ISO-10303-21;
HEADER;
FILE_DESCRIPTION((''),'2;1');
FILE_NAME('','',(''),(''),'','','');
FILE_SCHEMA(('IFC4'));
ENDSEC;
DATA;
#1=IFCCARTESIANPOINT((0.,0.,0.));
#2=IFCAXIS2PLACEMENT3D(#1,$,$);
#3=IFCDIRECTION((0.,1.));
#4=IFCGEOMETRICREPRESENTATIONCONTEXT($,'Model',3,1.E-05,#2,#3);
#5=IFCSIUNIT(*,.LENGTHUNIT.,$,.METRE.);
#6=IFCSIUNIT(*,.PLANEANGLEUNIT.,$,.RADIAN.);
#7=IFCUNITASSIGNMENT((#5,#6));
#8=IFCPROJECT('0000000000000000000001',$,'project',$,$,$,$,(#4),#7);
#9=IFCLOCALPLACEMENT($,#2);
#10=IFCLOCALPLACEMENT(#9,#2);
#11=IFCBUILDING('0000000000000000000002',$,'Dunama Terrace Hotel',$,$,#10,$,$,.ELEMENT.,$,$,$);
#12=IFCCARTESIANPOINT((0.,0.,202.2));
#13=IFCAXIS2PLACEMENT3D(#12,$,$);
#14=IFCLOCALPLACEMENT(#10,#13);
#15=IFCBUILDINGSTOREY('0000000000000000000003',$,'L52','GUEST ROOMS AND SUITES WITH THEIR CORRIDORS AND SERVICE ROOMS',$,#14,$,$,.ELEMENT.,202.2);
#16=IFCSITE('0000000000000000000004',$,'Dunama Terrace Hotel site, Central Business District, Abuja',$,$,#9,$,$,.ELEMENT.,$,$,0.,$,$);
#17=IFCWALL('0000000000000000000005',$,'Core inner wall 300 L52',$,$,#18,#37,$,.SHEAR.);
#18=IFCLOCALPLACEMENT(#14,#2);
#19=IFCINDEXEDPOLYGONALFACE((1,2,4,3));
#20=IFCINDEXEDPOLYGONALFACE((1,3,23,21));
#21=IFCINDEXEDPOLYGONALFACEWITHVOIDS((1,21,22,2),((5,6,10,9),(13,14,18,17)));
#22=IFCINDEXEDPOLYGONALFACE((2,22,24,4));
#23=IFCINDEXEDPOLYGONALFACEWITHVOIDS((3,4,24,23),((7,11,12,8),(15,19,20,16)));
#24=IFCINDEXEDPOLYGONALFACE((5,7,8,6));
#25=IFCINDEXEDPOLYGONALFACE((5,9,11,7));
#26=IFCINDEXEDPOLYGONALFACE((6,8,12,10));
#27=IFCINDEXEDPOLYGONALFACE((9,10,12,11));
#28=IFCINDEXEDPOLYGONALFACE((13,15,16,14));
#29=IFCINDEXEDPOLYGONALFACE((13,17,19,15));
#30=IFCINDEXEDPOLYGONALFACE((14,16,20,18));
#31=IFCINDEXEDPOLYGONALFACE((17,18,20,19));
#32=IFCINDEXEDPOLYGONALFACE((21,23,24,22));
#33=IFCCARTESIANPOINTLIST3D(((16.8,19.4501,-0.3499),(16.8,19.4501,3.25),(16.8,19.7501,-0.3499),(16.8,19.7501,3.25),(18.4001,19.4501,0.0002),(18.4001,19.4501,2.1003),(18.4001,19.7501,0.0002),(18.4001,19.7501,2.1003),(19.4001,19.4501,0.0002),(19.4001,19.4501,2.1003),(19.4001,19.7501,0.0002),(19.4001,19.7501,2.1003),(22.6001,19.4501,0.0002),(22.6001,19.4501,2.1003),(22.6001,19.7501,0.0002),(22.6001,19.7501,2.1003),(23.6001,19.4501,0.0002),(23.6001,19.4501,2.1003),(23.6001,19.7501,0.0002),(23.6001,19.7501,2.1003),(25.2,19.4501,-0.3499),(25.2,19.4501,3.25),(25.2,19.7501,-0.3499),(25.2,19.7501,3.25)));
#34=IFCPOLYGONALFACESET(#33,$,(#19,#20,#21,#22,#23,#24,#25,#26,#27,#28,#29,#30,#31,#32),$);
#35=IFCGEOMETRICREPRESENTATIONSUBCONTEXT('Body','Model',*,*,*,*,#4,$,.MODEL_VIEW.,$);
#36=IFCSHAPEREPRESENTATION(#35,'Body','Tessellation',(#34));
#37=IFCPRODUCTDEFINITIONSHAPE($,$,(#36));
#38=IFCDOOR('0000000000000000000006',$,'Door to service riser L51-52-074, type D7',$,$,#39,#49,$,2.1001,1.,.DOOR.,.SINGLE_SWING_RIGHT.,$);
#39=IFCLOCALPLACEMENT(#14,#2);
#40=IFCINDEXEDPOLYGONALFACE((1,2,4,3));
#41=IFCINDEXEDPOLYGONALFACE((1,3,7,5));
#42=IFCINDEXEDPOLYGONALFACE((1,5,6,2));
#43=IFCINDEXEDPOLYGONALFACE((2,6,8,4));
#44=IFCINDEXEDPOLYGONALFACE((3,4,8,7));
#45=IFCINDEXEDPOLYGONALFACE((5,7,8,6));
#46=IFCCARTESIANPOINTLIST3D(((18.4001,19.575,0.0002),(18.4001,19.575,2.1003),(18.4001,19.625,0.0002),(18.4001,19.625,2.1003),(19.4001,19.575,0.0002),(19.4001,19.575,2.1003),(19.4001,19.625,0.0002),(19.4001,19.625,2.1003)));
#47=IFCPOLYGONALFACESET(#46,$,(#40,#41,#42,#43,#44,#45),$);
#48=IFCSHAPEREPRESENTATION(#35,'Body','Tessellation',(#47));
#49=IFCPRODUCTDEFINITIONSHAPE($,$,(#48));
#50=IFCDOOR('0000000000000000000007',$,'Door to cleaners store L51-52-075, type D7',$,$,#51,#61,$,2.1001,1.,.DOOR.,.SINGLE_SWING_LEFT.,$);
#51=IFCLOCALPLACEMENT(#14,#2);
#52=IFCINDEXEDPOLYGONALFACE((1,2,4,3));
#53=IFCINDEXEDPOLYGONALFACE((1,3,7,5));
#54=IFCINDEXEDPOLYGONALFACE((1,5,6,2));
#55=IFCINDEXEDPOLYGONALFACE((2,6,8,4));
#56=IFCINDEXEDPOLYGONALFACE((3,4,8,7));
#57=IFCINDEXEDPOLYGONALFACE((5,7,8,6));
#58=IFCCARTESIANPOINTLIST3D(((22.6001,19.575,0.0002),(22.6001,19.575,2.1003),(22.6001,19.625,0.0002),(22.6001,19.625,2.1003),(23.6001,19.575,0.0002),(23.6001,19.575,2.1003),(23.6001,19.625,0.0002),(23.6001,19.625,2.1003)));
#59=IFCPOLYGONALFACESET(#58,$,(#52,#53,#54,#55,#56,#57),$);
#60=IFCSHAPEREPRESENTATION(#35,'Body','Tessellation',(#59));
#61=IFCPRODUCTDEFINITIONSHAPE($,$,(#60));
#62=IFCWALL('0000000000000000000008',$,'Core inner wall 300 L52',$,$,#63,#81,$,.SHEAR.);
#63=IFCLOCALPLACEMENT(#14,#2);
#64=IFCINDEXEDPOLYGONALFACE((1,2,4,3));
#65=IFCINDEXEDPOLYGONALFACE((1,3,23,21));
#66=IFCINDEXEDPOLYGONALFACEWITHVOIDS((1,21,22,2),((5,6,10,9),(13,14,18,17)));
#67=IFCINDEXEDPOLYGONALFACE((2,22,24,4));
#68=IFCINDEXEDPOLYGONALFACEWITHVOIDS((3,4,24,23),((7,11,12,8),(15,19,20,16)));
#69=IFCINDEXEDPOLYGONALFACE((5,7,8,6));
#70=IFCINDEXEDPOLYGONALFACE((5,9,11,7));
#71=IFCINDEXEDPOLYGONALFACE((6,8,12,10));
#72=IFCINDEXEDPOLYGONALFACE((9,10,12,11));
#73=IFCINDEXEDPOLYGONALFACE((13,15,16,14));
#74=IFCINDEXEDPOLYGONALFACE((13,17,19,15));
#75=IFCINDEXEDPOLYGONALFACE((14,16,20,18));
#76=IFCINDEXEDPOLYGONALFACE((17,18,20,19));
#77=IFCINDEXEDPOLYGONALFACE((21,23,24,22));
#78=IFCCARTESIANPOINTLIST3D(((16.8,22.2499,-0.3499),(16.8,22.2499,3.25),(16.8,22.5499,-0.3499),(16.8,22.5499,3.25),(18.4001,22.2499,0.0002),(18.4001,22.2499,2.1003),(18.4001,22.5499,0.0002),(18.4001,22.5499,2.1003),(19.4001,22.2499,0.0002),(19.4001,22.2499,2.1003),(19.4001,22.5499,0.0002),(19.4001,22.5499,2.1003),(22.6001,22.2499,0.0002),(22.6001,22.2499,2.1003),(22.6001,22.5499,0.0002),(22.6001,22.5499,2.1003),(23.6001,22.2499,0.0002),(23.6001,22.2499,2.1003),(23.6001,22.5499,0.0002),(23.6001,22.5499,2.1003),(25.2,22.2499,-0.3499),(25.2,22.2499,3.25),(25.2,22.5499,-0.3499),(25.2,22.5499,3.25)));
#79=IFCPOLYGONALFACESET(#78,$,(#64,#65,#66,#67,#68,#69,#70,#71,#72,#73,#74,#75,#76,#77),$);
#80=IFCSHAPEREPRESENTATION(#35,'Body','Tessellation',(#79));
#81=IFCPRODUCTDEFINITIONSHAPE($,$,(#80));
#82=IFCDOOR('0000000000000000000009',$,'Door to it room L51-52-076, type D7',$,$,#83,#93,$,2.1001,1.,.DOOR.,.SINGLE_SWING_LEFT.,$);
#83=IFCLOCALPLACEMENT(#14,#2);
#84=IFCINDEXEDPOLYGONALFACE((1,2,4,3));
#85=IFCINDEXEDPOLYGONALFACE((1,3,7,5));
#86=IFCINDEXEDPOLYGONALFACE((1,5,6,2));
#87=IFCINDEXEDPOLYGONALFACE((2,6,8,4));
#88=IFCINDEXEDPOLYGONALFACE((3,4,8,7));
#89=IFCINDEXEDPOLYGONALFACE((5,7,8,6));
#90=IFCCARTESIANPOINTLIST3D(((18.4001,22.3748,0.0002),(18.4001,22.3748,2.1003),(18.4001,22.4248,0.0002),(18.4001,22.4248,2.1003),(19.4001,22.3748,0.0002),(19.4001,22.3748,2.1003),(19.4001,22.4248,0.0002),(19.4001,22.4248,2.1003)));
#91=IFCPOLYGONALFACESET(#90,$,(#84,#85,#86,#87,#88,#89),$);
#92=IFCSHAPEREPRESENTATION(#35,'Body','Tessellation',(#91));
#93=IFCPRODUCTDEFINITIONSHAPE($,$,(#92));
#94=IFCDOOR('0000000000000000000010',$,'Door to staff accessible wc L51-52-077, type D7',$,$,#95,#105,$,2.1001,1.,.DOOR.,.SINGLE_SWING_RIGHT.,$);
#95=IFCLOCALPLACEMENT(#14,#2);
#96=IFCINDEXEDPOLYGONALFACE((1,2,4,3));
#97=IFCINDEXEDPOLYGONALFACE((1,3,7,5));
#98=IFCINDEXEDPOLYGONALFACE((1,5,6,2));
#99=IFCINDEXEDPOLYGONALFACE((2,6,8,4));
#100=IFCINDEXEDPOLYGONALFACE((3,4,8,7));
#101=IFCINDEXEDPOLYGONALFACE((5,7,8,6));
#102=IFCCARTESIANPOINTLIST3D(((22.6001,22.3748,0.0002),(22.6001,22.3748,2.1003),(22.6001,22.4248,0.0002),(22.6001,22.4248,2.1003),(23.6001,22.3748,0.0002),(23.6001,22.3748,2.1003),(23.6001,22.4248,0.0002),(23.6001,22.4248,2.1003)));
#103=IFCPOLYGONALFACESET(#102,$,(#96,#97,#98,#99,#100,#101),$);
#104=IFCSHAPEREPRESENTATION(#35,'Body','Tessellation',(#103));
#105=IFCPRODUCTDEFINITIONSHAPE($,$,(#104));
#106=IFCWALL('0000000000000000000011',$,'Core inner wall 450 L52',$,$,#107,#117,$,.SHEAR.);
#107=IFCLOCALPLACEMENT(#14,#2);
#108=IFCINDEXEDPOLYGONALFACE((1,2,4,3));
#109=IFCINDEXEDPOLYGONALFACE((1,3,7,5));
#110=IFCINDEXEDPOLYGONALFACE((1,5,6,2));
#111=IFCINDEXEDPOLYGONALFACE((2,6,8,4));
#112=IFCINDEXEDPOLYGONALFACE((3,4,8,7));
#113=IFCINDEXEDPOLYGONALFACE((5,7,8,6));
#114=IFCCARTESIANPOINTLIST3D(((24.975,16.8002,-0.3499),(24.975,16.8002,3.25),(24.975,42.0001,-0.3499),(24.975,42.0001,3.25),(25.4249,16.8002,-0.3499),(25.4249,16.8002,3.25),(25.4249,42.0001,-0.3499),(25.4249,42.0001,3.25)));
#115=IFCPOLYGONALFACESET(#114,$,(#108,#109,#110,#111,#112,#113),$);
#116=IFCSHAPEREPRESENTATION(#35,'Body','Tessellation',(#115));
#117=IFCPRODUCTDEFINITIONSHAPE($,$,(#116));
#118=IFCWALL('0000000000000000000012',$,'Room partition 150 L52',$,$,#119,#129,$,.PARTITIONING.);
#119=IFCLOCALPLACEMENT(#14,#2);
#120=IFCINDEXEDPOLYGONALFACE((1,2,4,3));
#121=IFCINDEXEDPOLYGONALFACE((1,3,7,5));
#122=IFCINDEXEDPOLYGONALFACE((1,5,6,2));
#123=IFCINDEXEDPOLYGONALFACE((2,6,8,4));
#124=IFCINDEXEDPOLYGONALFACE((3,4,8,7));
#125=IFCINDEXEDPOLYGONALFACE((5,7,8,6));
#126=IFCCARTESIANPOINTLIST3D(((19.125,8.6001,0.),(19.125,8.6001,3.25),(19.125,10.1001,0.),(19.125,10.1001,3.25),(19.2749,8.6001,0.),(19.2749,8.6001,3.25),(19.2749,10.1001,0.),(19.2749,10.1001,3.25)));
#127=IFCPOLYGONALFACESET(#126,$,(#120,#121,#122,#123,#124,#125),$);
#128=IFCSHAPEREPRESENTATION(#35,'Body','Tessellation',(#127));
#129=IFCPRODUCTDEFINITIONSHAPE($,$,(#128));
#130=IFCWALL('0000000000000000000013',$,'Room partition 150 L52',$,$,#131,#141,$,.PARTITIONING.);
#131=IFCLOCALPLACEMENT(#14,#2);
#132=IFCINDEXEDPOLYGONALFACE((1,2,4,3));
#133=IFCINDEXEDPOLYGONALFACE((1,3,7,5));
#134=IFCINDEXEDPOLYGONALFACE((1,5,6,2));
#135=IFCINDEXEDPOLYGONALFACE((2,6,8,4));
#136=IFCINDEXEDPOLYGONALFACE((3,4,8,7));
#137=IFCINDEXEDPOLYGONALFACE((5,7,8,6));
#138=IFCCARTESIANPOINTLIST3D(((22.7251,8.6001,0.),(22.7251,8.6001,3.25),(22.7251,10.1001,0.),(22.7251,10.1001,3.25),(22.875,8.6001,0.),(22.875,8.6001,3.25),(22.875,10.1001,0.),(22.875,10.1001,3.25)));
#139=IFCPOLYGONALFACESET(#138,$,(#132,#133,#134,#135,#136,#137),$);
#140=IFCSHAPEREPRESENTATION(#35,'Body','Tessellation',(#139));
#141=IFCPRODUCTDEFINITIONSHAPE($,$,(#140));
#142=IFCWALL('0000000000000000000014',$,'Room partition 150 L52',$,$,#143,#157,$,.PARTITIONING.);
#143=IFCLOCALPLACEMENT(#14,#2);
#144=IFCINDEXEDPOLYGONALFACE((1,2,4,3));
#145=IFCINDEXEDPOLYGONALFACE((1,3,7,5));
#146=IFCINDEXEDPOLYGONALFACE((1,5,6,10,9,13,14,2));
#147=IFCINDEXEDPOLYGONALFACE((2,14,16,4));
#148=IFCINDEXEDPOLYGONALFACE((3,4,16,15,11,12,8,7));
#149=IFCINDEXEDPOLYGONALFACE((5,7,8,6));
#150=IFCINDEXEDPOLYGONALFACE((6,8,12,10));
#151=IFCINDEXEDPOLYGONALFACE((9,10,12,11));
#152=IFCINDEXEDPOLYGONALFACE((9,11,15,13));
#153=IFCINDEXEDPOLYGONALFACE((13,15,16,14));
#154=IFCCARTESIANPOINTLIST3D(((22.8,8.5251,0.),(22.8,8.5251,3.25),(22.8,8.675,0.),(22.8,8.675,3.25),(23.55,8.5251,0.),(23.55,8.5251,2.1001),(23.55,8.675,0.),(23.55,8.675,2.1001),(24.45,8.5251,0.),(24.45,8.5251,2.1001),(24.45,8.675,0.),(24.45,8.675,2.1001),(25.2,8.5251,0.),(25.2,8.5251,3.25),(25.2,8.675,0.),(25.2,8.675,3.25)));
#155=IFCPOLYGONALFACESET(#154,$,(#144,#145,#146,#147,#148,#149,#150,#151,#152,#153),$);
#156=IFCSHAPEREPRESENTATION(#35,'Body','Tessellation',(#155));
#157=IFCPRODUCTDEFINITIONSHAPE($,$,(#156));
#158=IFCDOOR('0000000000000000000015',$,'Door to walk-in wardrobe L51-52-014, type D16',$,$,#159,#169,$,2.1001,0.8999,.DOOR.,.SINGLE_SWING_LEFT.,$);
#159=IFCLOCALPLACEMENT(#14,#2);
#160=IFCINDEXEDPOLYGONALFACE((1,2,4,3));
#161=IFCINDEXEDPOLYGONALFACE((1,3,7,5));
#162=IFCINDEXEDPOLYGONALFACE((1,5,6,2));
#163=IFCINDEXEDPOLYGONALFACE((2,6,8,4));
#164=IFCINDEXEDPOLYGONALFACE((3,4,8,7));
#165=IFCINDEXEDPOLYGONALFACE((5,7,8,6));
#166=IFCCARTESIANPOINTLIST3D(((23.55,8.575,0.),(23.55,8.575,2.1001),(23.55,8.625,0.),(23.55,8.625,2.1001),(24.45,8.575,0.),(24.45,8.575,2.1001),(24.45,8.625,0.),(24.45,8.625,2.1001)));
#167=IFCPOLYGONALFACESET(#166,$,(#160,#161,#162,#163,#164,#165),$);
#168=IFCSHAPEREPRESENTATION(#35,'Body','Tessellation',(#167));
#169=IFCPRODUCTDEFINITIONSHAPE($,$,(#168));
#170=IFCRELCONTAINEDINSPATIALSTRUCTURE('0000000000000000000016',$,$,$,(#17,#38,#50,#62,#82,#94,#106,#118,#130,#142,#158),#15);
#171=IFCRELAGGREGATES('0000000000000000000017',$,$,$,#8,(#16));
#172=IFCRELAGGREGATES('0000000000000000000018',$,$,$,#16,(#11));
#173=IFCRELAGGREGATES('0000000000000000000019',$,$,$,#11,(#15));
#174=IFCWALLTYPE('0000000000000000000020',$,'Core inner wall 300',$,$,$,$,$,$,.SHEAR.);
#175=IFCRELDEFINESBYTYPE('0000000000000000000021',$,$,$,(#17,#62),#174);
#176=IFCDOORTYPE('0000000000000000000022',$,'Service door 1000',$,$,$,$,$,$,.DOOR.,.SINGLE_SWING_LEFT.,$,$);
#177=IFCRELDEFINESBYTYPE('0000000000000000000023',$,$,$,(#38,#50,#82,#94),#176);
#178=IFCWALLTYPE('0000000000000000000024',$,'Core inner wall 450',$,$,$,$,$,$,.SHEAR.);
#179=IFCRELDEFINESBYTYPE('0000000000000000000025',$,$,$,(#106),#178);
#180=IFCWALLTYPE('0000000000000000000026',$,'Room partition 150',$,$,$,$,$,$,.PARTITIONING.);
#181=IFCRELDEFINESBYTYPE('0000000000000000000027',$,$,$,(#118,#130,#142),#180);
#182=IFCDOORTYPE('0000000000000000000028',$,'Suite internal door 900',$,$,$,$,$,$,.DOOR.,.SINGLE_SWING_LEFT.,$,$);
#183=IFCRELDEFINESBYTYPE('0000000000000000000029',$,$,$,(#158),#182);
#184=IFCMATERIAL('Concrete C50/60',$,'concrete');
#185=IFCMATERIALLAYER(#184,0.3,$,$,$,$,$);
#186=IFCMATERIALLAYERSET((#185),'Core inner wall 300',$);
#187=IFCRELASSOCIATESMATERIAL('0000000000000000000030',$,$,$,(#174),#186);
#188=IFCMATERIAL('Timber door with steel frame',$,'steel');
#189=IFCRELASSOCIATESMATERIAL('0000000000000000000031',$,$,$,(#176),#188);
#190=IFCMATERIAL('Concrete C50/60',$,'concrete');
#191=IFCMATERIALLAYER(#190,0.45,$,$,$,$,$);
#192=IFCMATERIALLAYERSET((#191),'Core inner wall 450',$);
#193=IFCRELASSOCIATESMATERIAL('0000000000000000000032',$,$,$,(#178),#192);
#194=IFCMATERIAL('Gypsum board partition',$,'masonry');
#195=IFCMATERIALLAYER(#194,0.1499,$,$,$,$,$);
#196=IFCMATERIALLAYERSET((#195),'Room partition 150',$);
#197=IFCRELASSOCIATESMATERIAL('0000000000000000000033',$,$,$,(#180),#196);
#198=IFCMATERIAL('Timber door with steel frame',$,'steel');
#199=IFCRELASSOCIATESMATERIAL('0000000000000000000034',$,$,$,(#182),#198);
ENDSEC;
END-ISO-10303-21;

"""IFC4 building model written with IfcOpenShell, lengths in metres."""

from ifc_helpers import new_model, si_unit, direction, frame, frame_2d, origin, place, context, subcontext, project, spatial, rectangle, extrude, material, layer, layer_set, type_object, element, fill, save


model = new_model("IFC4")

# Units and contexts
model_context = context("Model", 3, precision=1e-05, world=origin(), true_north=direction((0.0, 1.0)))
body_context = subcontext(model_context, "Body", "Model", "MODEL_VIEW")
ifc_project = project(units=[si_unit("LENGTHUNIT", "METRE"), si_unit("PLANEANGLEUNIT", "RADIAN")], contexts=[model_context])

# Site, building, storey
site_placement = place(None, origin())
site = spatial("IfcSite", under=ifc_project, at=site_placement, Name="Dunama Terrace Hotel site, Central Business District, Abuja", CompositionType="ELEMENT", RefElevation=0.0)
building_placement = place(site_placement, origin())
building = spatial("IfcBuilding", under=site, at=building_placement, Name="Dunama Terrace Hotel", CompositionType="ELEMENT")
storey_placement = place(building_placement, frame((0.0, 0.0, 202.2)))
storey = spatial("IfcBuildingStorey", under=building, at=storey_placement, Name="L52", Description="GUEST ROOMS AND SUITES WITH THEIR CORRIDORS AND SERVICE ROOMS", CompositionType="ELEMENT", Elevation=202.2)

# Shared definitions
ifc_material_1 = material(Name="Concrete C50/60", Category="concrete")
ifc_layer_1 = layer(ifc_material_1, 0.3)
ifc_layer_set_1 = layer_set([ifc_layer_1], Name="Core inner wall 300")
wall_type_1 = type_object("IfcWallType", Name="Core inner wall 300", PredefinedType="SHEAR", material=ifc_layer_set_1)

# Walls, openings, doors
wall_1_placement = place(storey_placement, frame((16.8, 19.6001, -0.3499), z_axis=(0.0, 0.0, 1.0), x_axis=(1.0, 0.0, 0.0)))
wall_1 = element("IfcWall", 1, at=wall_1_placement, inside=storey, type_object=wall_type_1, Name="Core inner wall 300 L52", PredefinedType="SHEAR", context=body_context, shape_type="SweptSolid", body=[
    extrude(rectangle(XDim=8.3999, YDim=0.3, at=frame_2d((4.2, 0.0))), origin(), (0.0, 0.0, 1.0), 3.5999),
])
opening_1_placement = place(wall_1_placement, frame((1.6001, 0.0, 0.3501)))
opening_1 = element("IfcOpeningElement", 2, at=opening_1_placement, cuts=wall_1, PredefinedType="OPENING", context=body_context, shape_type="SweptSolid", body=[
    extrude(rectangle(XDim=1.0, YDim=2.1001, at=frame_2d((0.5, 1.05))), frame((0.0, 0.1599, 0.0), z_axis=(0.0, -1.0, 0.0), x_axis=(1.0, 0.0, 0.0)), (0.0, 0.0, 1.0), 0.3201),
])
opening_2_placement = place(wall_1_placement, frame((5.8, 0.0, 0.3501)))
opening_2 = element("IfcOpeningElement", 3, at=opening_2_placement, cuts=wall_1, PredefinedType="OPENING", context=body_context, shape_type="SweptSolid", body=[
    extrude(rectangle(XDim=1.0, YDim=2.1001, at=frame_2d((0.5, 1.05))), frame((0.0, 0.1599, 0.0), z_axis=(0.0, -1.0, 0.0), x_axis=(1.0, 0.0, 0.0)), (0.0, 0.0, 1.0), 0.3201),
])
ifc_material_2 = material(Name="Timber door with steel frame", Category="steel")
door_type_1 = type_object("IfcDoorType", Name="Service door 1000", OperationType="SINGLE_SWING_LEFT", PredefinedType="DOOR", material=ifc_material_2)
door_1_placement = place(opening_1_placement, frame((1.0, 0.0, 0.0), z_axis=(0.0, 0.0, 1.0), x_axis=(-1.0, 0.0, 0.0)))
door_1 = element("IfcDoor", 4, at=door_1_placement, inside=storey, type_object=door_type_1, Name="Door to service riser L51-52-074, type D7", OperationType="SINGLE_SWING_RIGHT", OverallHeight=2.1001, OverallWidth=1.0, PredefinedType="DOOR", context=body_context, shape_type="SweptSolid", body=[
    extrude(rectangle(XDim=1.0, YDim=2.1001, at=frame_2d((0.5, 1.05))), frame((0.0, 0.0251, 0.0), z_axis=(0.0, -1.0, 0.0), x_axis=(1.0, 0.0, 0.0)), (0.0, 0.0, 1.0), 0.05),
])
fill(opening_1, door_1)
door_2_placement = place(opening_2_placement, frame((1.0, 0.0, 0.0), z_axis=(0.0, 0.0, 1.0), x_axis=(-1.0, 0.0, 0.0)))
door_2 = element("IfcDoor", 5, at=door_2_placement, inside=storey, type_object=door_type_1, Name="Door to cleaners store L51-52-075, type D7", OperationType="SINGLE_SWING_LEFT", OverallHeight=2.1001, OverallWidth=1.0, PredefinedType="DOOR", context=body_context, shape_type="SweptSolid", body=[
    extrude(rectangle(XDim=1.0, YDim=2.1001, at=frame_2d((0.5, 1.05))), frame((0.0, 0.0251, 0.0), z_axis=(0.0, -1.0, 0.0), x_axis=(1.0, 0.0, 0.0)), (0.0, 0.0, 1.0), 0.05),
])
fill(opening_2, door_2)
wall_2_placement = place(storey_placement, frame((16.8, 22.3999, -0.3499), z_axis=(0.0, 0.0, 1.0), x_axis=(1.0, 0.0, 0.0)))
wall_2 = element("IfcWall", 6, at=wall_2_placement, inside=storey, type_object=wall_type_1, Name="Core inner wall 300 L52", PredefinedType="SHEAR", context=body_context, shape_type="SweptSolid", body=[
    extrude(rectangle(XDim=8.3999, YDim=0.3, at=frame_2d((4.2, 0.0))), origin(), (0.0, 0.0, 1.0), 3.5999),
])
opening_3_placement = place(wall_2_placement, frame((1.6001, 0.0, 0.3501)))
opening_3 = element("IfcOpeningElement", 7, at=opening_3_placement, cuts=wall_2, PredefinedType="OPENING", context=body_context, shape_type="SweptSolid", body=[
    extrude(rectangle(XDim=1.0, YDim=2.1001, at=frame_2d((0.5, 1.05))), frame((0.0, 0.1599, 0.0), z_axis=(0.0, -1.0, 0.0), x_axis=(1.0, 0.0, 0.0)), (0.0, 0.0, 1.0), 0.3201),
])
opening_4_placement = place(wall_2_placement, frame((5.8, 0.0, 0.3501)))
opening_4 = element("IfcOpeningElement", 8, at=opening_4_placement, cuts=wall_2, PredefinedType="OPENING", context=body_context, shape_type="SweptSolid", body=[
    extrude(rectangle(XDim=1.0, YDim=2.1001, at=frame_2d((0.5, 1.05))), frame((0.0, 0.1599, 0.0), z_axis=(0.0, -1.0, 0.0), x_axis=(1.0, 0.0, 0.0)), (0.0, 0.0, 1.0), 0.3201),
])
door_3_placement = place(opening_3_placement, origin())
door_3 = element("IfcDoor", 9, at=door_3_placement, inside=storey, type_object=door_type_1, Name="Door to it room L51-52-076, type D7", OperationType="SINGLE_SWING_LEFT", OverallHeight=2.1001, OverallWidth=1.0, PredefinedType="DOOR", context=body_context, shape_type="SweptSolid", body=[
    extrude(rectangle(XDim=1.0, YDim=2.1001, at=frame_2d((0.5, 1.05))), frame((0.0, 0.0249, 0.0), z_axis=(0.0, -1.0, 0.0), x_axis=(1.0, 0.0, 0.0)), (0.0, 0.0, 1.0), 0.05),
])
fill(opening_3, door_3)
door_4_placement = place(opening_4_placement, origin())
door_4 = element("IfcDoor", 10, at=door_4_placement, inside=storey, type_object=door_type_1, Name="Door to staff accessible wc L51-52-077, type D7", OperationType="SINGLE_SWING_RIGHT", OverallHeight=2.1001, OverallWidth=1.0, PredefinedType="DOOR", context=body_context, shape_type="SweptSolid", body=[
    extrude(rectangle(XDim=1.0, YDim=2.1001, at=frame_2d((0.5, 1.05))), frame((0.0, 0.0249, 0.0), z_axis=(0.0, -1.0, 0.0), x_axis=(1.0, 0.0, 0.0)), (0.0, 0.0, 1.0), 0.05),
])
fill(opening_4, door_4)

# Walls
ifc_material_3 = material(Name="Concrete C50/60", Category="concrete")
ifc_layer_2 = layer(ifc_material_3, 0.45)
ifc_layer_set_2 = layer_set([ifc_layer_2], Name="Core inner wall 450")
wall_type_2 = type_object("IfcWallType", Name="Core inner wall 450", PredefinedType="SHEAR", material=ifc_layer_set_2)
wall_3_placement = place(storey_placement, frame((25.2, 16.8, -0.3499), z_axis=(0.0, 0.0, 1.0), x_axis=(0.0, 1.0, 0.0)))
element("IfcWall", 11, at=wall_3_placement, inside=storey, type_object=wall_type_2, Name="Core inner wall 450 L52", PredefinedType="SHEAR", context=body_context, shape_type="SweptSolid", body=[
    extrude(rectangle(XDim=25.2, YDim=0.45, at=frame_2d((12.6001, 0.0))), origin(), (0.0, 0.0, 1.0), 3.5999),
])
ifc_material_4 = material(Name="Gypsum board partition", Category="masonry")
ifc_layer_3 = layer(ifc_material_4, 0.1499)
ifc_layer_set_3 = layer_set([ifc_layer_3], Name="Room partition 150")
wall_type_3 = type_object("IfcWallType", Name="Room partition 150", PredefinedType="PARTITIONING", material=ifc_layer_set_3)
for number, where, z_axis, x_axis, name in (
    (12, (19.2, 8.6001, 0.0), (0.0, 0.0, 1.0), (0.0, 1.0, 0.0), "Room partition 150 L52"),
    (13, (22.8, 8.6001, 0.0), (0.0, 0.0, 1.0), (0.0, 1.0, 0.0), "Room partition 150 L52"),
):
    element("IfcWall", number, at=place(storey_placement, frame(where, z_axis=z_axis, x_axis=x_axis)), inside=storey, type_object=wall_type_3, Name=name, PredefinedType="PARTITIONING", context=body_context, shape_type="SweptSolid", body=[
        extrude(rectangle(XDim=1.5, YDim=0.1499, at=frame_2d((0.75, 0.0))), origin(), (0.0, 0.0, 1.0), 3.25),
    ])

# Wall, opening, door
wall_4_placement = place(storey_placement, frame((22.8, 8.6001, 0.0), z_axis=(0.0, 0.0, 1.0), x_axis=(1.0, 0.0, 0.0)))
wall_4 = element("IfcWall", 14, at=wall_4_placement, inside=storey, type_object=wall_type_3, Name="Room partition 150 L52", PredefinedType="PARTITIONING", context=body_context, shape_type="SweptSolid", body=[
    extrude(rectangle(XDim=2.3999, YDim=0.1499, at=frame_2d((1.2, 0.0))), origin(), (0.0, 0.0, 1.0), 3.25),
])
opening_5_placement = place(wall_4_placement, frame((0.75, 0.0, 0.0)))
opening_5 = element("IfcOpeningElement", 15, at=opening_5_placement, cuts=wall_4, PredefinedType="OPENING", context=body_context, shape_type="SweptSolid", body=[
    extrude(rectangle(XDim=0.8999, YDim=2.1001, at=frame_2d((0.45, 1.05))), frame((0.0, 0.085, 0.0), z_axis=(0.0, -1.0, 0.0), x_axis=(1.0, 0.0, 0.0)), (0.0, 0.0, 1.0), 0.1699),
])
ifc_material_5 = material(Name="Timber door with steel frame", Category="steel")
door_type_2 = type_object("IfcDoorType", Name="Suite internal door 900", OperationType="SINGLE_SWING_LEFT", PredefinedType="DOOR", material=ifc_material_5)
door_5_placement = place(opening_5_placement, origin())
door_5 = element("IfcDoor", 16, at=door_5_placement, inside=storey, type_object=door_type_2, Name="Door to walk-in wardrobe L51-52-014, type D16", OperationType="SINGLE_SWING_LEFT", OverallHeight=2.1001, OverallWidth=0.8999, PredefinedType="DOOR", context=body_context, shape_type="SweptSolid", body=[
    extrude(rectangle(XDim=0.8999, YDim=2.1001, at=frame_2d((0.45, 1.05))), frame((0.0, 0.0249, 0.0), z_axis=(0.0, -1.0, 0.0), x_axis=(1.0, 0.0, 0.0)), (0.0, 0.0, 1.0), 0.05),
])
fill(opening_5, door_5)

save(model, "model.ifc")
